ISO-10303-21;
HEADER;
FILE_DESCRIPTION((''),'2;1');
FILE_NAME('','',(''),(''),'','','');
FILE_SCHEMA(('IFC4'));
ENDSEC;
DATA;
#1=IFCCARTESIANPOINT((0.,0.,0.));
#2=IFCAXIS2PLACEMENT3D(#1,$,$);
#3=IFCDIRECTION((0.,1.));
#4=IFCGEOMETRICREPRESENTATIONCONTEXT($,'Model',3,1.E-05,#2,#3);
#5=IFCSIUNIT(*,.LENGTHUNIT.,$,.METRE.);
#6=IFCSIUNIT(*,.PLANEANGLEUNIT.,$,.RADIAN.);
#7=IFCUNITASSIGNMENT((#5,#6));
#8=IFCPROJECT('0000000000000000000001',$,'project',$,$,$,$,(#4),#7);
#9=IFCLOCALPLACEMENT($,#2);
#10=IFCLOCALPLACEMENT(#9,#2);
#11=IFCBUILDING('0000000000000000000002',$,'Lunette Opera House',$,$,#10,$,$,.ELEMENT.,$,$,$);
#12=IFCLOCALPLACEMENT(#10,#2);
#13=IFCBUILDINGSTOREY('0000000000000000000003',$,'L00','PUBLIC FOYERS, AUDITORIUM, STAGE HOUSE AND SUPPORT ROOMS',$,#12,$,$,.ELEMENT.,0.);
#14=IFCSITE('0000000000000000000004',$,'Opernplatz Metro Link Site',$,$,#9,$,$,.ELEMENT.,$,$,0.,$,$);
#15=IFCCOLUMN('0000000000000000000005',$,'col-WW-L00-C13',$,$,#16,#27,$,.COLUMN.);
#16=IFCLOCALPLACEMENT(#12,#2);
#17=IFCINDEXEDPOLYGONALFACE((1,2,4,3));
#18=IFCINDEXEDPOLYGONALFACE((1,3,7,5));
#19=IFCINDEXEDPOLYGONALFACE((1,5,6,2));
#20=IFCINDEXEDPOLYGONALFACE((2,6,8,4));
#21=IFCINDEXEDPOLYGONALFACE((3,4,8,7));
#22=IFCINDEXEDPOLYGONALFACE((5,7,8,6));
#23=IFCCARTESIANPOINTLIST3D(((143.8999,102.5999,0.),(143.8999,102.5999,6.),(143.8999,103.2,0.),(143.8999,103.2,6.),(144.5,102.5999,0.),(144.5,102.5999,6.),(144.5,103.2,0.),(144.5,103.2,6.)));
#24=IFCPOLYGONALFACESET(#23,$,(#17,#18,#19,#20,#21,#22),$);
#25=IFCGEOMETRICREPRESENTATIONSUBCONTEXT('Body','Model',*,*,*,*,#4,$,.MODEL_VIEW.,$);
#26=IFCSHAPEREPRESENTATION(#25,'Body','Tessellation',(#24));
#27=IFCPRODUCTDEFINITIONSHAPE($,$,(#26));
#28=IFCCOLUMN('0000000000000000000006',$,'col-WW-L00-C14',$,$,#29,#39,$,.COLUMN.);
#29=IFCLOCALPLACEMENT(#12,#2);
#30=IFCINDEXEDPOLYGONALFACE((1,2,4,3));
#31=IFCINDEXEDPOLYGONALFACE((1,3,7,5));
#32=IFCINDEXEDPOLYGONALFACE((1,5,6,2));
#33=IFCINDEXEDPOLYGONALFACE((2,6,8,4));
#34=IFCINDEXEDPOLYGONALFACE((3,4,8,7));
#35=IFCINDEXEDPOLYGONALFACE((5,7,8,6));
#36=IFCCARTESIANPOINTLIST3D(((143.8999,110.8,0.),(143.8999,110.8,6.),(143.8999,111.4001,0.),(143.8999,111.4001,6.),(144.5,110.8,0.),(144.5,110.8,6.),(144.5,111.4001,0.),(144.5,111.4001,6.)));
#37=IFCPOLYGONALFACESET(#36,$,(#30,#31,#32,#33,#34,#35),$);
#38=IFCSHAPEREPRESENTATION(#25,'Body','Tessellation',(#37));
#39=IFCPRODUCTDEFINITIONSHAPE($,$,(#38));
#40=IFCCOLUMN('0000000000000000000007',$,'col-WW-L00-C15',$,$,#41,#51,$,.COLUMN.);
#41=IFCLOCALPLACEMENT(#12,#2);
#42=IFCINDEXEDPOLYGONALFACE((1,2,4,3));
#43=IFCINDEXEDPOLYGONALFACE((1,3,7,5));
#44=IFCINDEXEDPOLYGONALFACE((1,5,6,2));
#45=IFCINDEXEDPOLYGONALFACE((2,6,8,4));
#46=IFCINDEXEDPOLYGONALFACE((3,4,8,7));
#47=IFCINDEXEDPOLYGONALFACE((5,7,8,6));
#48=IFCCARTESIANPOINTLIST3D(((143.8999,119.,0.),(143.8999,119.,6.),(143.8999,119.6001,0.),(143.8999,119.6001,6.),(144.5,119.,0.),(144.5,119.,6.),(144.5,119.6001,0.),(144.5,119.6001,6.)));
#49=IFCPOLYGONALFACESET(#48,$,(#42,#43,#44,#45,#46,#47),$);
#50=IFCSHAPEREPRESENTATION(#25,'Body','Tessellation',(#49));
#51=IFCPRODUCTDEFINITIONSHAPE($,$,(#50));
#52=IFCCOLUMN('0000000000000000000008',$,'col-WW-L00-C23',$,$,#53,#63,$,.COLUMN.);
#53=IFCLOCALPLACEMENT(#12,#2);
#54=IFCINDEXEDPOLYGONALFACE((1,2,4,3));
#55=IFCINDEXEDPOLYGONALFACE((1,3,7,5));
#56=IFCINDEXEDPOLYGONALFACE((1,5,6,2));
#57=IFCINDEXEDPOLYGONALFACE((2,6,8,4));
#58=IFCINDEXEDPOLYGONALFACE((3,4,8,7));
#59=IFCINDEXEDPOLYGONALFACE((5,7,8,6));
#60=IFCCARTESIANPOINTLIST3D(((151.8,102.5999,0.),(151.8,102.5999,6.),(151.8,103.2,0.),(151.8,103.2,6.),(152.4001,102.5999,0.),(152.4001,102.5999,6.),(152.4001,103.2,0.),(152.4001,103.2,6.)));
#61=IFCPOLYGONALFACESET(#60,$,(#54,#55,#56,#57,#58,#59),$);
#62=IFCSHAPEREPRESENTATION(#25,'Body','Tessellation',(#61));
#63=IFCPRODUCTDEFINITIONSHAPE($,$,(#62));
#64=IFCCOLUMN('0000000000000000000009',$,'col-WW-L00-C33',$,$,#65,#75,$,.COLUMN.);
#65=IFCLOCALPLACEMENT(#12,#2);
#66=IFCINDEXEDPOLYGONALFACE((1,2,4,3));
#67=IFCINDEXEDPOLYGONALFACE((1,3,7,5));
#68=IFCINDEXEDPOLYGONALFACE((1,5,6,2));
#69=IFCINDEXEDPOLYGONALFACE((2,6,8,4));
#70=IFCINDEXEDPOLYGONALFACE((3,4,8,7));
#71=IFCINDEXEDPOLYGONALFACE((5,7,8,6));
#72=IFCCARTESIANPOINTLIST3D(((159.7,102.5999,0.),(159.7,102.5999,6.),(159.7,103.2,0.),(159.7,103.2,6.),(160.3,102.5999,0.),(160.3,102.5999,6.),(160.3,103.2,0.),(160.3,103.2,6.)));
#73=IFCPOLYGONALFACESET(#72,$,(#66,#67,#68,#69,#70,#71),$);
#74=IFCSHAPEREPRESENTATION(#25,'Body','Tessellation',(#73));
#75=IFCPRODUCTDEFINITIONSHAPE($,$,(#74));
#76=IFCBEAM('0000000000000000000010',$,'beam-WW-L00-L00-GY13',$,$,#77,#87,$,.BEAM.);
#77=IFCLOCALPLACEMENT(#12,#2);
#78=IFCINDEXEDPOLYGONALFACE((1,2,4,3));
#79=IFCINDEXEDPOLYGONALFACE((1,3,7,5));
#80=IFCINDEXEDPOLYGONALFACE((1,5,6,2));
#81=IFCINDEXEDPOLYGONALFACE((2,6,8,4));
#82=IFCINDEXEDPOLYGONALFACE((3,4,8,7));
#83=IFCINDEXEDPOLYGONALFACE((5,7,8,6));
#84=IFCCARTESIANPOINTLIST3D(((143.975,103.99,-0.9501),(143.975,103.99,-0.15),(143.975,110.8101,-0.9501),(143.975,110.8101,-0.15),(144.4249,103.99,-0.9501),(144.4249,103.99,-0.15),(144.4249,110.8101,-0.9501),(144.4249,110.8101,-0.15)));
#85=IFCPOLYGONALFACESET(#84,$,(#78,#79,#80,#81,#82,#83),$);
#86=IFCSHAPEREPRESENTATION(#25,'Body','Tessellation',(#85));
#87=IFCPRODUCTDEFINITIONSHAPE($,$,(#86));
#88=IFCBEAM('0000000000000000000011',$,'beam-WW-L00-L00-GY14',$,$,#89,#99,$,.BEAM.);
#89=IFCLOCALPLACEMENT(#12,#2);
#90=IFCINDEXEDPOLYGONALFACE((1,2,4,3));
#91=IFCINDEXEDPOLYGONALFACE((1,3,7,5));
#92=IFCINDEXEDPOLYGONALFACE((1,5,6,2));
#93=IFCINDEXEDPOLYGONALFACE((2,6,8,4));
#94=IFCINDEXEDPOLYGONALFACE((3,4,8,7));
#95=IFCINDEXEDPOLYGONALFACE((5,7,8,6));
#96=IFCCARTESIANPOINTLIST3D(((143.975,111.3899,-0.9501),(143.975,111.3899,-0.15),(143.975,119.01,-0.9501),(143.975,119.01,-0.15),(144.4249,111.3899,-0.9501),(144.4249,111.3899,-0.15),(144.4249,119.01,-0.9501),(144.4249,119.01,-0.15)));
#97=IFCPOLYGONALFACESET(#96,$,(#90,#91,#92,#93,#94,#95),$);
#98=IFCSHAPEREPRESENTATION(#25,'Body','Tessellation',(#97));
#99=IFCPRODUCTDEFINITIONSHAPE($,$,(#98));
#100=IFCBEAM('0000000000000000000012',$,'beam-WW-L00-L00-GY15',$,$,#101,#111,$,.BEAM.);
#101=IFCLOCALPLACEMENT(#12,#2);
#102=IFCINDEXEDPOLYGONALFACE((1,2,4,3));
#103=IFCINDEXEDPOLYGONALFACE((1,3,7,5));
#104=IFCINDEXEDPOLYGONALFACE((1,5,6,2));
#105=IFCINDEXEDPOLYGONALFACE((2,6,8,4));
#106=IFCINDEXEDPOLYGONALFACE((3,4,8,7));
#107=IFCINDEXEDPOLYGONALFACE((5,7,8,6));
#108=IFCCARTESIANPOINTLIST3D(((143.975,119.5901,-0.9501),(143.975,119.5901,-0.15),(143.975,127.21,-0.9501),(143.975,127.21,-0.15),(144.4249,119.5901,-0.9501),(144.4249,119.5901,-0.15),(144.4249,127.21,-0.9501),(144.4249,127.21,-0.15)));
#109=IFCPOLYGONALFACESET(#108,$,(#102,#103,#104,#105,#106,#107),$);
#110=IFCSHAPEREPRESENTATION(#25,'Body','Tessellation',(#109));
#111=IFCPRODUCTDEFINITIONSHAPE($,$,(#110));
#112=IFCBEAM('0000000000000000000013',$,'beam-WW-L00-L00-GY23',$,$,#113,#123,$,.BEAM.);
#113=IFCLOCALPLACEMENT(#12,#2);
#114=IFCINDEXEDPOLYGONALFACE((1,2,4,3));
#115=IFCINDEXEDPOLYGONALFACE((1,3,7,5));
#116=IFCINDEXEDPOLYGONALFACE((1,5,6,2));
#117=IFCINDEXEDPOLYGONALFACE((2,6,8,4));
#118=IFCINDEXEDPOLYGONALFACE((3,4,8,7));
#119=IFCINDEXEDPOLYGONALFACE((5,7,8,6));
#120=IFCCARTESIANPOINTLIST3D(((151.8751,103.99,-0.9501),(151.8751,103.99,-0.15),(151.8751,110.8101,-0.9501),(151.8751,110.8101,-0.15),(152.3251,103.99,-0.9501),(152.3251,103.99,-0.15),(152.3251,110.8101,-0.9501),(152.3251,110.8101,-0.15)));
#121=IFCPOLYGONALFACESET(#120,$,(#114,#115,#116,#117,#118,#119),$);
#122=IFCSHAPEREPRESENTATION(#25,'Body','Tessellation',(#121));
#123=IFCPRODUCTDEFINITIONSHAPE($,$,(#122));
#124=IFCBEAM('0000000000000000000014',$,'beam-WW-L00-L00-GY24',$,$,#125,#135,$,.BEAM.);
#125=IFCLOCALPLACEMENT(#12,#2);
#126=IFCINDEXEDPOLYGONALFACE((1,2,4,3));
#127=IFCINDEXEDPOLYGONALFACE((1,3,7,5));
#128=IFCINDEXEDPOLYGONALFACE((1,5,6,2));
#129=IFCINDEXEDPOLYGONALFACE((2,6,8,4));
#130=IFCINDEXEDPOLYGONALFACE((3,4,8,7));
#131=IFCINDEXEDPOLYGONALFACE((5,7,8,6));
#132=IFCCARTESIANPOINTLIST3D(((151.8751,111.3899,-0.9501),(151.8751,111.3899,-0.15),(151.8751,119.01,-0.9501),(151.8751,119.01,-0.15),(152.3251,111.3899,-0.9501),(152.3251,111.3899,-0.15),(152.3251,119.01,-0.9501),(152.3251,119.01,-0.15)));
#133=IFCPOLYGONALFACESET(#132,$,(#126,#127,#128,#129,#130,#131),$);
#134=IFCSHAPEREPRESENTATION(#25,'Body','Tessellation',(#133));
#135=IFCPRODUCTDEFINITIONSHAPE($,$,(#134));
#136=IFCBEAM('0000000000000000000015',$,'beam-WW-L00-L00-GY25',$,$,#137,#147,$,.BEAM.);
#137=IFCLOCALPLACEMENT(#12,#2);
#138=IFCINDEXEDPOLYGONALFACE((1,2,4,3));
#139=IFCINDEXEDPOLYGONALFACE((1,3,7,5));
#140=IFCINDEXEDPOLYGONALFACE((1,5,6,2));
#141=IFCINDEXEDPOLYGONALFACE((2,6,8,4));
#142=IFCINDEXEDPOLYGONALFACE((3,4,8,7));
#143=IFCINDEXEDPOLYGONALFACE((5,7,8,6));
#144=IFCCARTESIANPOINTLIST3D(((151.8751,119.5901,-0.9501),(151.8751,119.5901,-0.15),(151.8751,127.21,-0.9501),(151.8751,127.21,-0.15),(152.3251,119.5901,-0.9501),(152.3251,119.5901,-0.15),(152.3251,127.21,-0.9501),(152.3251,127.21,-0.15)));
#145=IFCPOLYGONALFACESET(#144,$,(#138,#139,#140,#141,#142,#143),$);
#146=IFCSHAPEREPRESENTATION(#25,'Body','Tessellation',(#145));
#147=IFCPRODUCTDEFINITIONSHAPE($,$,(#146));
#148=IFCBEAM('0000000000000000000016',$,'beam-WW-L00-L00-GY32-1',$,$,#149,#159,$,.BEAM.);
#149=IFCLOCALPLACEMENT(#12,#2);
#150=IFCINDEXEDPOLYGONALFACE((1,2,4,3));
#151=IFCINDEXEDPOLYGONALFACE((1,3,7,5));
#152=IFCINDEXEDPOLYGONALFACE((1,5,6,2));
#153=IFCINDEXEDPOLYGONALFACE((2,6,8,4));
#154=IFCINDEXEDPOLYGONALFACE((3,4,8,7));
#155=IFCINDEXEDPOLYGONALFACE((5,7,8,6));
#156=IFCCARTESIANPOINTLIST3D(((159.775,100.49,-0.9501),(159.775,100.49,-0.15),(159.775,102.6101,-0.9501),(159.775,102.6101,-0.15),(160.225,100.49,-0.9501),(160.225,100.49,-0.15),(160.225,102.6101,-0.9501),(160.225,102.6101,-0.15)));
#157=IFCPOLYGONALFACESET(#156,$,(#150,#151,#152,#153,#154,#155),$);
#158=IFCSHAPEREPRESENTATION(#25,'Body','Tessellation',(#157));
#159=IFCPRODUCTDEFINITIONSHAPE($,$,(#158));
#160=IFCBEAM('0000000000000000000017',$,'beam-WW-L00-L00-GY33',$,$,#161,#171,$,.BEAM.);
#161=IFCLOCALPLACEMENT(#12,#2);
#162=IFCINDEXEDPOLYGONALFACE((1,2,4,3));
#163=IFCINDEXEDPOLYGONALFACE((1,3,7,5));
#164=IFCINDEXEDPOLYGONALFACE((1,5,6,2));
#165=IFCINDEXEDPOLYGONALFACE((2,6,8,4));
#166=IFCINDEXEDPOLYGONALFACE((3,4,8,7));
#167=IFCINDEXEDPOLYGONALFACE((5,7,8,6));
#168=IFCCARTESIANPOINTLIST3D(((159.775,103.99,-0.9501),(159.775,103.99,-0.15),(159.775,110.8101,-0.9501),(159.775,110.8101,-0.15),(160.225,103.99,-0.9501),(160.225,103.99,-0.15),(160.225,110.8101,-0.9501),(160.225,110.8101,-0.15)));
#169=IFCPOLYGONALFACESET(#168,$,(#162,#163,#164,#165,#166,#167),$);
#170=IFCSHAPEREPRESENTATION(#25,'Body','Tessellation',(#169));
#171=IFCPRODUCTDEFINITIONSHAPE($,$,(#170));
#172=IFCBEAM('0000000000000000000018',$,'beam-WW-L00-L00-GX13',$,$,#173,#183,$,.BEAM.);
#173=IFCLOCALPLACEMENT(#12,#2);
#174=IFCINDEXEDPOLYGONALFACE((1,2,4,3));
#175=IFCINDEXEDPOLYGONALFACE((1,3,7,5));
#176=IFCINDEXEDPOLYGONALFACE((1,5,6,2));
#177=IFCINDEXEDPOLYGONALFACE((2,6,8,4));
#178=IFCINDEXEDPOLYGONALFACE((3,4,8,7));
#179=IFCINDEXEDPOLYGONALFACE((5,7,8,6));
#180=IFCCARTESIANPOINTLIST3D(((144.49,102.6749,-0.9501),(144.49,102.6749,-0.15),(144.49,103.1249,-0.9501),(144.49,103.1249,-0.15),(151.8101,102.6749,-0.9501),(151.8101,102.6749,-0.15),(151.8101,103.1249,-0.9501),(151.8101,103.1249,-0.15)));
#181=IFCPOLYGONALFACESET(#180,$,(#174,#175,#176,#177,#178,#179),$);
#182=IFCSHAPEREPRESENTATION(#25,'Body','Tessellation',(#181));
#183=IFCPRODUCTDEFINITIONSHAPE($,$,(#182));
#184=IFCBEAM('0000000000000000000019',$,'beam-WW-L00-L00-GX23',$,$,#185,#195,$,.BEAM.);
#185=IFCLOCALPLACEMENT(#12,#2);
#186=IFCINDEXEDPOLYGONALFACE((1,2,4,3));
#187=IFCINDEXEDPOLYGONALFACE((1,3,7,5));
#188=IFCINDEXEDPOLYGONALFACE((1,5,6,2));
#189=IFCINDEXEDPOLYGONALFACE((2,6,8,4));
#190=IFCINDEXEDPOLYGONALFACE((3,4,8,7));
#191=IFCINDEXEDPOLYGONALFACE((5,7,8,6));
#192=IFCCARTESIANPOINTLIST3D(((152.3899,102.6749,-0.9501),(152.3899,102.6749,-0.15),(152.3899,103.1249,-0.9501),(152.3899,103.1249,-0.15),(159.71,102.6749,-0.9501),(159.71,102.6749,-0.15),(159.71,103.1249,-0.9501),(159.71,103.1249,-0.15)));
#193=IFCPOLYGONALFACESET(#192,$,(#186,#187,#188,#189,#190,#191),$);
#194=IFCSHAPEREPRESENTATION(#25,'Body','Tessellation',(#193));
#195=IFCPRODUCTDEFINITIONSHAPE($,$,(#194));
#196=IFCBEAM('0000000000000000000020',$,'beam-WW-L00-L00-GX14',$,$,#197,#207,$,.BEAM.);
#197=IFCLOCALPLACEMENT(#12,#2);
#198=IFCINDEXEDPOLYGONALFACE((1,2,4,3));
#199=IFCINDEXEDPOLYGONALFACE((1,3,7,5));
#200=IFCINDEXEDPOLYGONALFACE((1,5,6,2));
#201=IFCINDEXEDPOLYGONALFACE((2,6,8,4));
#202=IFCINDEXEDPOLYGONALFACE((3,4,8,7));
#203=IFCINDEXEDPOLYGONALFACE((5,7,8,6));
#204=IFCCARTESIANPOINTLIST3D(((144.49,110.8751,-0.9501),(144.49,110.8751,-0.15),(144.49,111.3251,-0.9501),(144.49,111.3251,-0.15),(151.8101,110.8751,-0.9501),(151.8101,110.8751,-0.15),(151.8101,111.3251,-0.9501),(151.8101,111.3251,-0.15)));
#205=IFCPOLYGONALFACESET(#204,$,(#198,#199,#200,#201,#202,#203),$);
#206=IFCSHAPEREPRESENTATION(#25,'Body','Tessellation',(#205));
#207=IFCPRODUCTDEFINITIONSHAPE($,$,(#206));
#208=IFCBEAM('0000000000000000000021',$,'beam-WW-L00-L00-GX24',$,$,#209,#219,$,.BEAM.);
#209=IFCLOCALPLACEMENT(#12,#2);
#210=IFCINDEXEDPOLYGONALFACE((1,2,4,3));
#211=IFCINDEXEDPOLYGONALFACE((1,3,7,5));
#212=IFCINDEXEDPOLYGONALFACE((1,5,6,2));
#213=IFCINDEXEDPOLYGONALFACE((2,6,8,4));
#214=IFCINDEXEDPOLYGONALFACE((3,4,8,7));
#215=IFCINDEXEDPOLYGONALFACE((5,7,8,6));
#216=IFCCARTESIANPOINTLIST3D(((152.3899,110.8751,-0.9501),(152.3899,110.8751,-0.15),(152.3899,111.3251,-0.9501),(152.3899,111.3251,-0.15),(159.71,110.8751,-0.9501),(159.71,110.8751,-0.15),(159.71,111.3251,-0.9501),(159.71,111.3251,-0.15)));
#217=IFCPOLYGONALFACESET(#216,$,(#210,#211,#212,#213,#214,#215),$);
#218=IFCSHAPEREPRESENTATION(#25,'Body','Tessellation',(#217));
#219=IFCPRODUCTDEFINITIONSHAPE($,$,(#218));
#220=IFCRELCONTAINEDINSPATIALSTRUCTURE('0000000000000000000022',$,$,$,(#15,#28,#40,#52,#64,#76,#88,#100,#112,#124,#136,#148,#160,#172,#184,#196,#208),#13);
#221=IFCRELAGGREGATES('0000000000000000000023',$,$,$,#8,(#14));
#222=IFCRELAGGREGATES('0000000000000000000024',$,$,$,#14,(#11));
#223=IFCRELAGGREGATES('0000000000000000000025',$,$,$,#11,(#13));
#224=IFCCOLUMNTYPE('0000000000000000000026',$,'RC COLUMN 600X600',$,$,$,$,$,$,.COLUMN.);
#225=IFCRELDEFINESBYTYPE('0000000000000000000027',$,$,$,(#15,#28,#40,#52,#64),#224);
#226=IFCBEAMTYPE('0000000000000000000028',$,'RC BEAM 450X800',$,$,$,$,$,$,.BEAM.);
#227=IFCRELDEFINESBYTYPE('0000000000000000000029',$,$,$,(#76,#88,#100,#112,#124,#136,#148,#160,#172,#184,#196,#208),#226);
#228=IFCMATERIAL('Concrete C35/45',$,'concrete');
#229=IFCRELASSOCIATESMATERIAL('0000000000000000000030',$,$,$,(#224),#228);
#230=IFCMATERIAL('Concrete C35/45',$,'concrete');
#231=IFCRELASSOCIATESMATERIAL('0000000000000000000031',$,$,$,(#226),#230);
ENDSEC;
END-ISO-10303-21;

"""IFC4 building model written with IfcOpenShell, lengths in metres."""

from ifc_helpers import new_model, si_unit, direction, frame, origin, origin_2d, place, context, subcontext, project, spatial, rectangle, extrude, material, material_profile, profile_set, type_object, element, save


model = new_model("IFC4")

# Units and contexts
model_context = context("Model", 3, precision=1e-05, world=origin(), true_north=direction((0.0, 1.0)))
body_context = subcontext(model_context, "Body", "Model", "MODEL_VIEW")
ifc_project = project(units=[si_unit("LENGTHUNIT", "METRE"), si_unit("PLANEANGLEUNIT", "RADIAN")], contexts=[model_context])

# Site, building, storey
site_placement = place(None, origin())
site = spatial("IfcSite", under=ifc_project, at=site_placement, Name="Opernplatz Metro Link Site", CompositionType="ELEMENT", RefElevation=0.0)
building_placement = place(site_placement, origin())
building = spatial("IfcBuilding", under=site, at=building_placement, Name="Lunette Opera House", CompositionType="ELEMENT")
storey_placement = place(building_placement, origin())
storey = spatial("IfcBuildingStorey", under=building, at=storey_placement, Name="L00", Description="PUBLIC FOYERS, AUDITORIUM, STAGE HOUSE AND SUPPORT ROOMS", CompositionType="ELEMENT", Elevation=0.0)

# Columns
ifc_material_1 = material(Name="Concrete C35/45", Category="concrete")
ifc_material_profile_1 = material_profile(ifc_material_1, rectangle(XDim=0.6001, YDim=0.6001, at=origin_2d()), Name="RC COLUMN 600X600")
ifc_profile_set_1 = profile_set([ifc_material_profile_1], Name="Concrete C35/45")
column_type = type_object("IfcColumnType", Name="RC COLUMN 600X600", PredefinedType="COLUMN", material=ifc_profile_set_1)
for number, where, z_axis, x_axis, name in (
    (1, (144.2, 102.8999, 0.0), (0.0, 0.0, 1.0), (1.0, 0.0, 0.0), "col-WW-L00-C13"),
    (2, (144.2, 111.1001, 0.0), (0.0, 0.0, 1.0), (1.0, 0.0, 0.0), "col-WW-L00-C14"),
    (3, (144.2, 119.3, 0.0), (0.0, 0.0, 1.0), (1.0, 0.0, 0.0), "col-WW-L00-C15"),
    (4, (152.1001, 102.8999, 0.0), (0.0, 0.0, 1.0), (1.0, 0.0, 0.0), "col-WW-L00-C23"),
    (5, (160.0, 102.8999, 0.0), (0.0, 0.0, 1.0), (1.0, 0.0, 0.0), "col-WW-L00-C33"),
):
    element("IfcColumn", number, at=place(storey_placement, frame(where, z_axis=z_axis, x_axis=x_axis)), inside=storey, type_object=column_type, Name=name, PredefinedType="COLUMN", context=body_context, shape_type="SweptSolid", body=[
        extrude(rectangle(XDim=0.6001, YDim=0.6001, at=origin_2d()), origin(), (0.0, 0.0, 1.0), 6.0),
    ])

# Beams
ifc_material_2 = material(Name="Concrete C35/45", Category="concrete")
ifc_material_profile_2 = material_profile(ifc_material_2, rectangle(XDim=0.45, YDim=0.8, at=origin_2d()), Name="RC BEAM 450X800")
ifc_profile_set_2 = profile_set([ifc_material_profile_2], Name="Concrete C35/45")
beam_type_1 = type_object("IfcBeamType", Name="RC BEAM 450X800", PredefinedType="BEAM", material=ifc_profile_set_2)
beam_1_placement = place(storey_placement, frame((144.2, 103.99, -0.55), z_axis=(0.0, 1.0, 0.0), x_axis=(-1.0, 0.0, 0.0)))
element("IfcBeam", 6, at=beam_1_placement, inside=storey, type_object=beam_type_1, Name="beam-WW-L00-L00-GY13", PredefinedType="BEAM", context=body_context, shape_type="SweptSolid", body=[
    extrude(rectangle(XDim=0.45, YDim=0.8, at=origin_2d()), origin(), (0.0, 0.0, 1.0), 6.8201),
])
beam_2_placement = place(storey_placement, frame((144.2, 111.3899, -0.55), z_axis=(0.0, 1.0, 0.0), x_axis=(-1.0, 0.0, 0.0)))
element("IfcBeam", 7, at=beam_2_placement, inside=storey, type_object=beam_type_1, Name="beam-WW-L00-L00-GY14", PredefinedType="BEAM", context=body_context, shape_type="SweptSolid", body=[
    extrude(rectangle(XDim=0.45, YDim=0.8, at=origin_2d()), origin(), (0.0, 0.0, 1.0), 7.6201),
])
beam_3_placement = place(storey_placement, frame((144.2, 119.5901, -0.55), z_axis=(0.0, 1.0, 0.0), x_axis=(-1.0, 0.0, 0.0)))
element("IfcBeam", 8, at=beam_3_placement, inside=storey, type_object=beam_type_1, Name="beam-WW-L00-L00-GY15", PredefinedType="BEAM", context=body_context, shape_type="SweptSolid", body=[
    extrude(rectangle(XDim=0.45, YDim=0.8, at=origin_2d()), origin(), (0.0, 0.0, 1.0), 7.6199),
])
beam_4_placement = place(storey_placement, frame((152.1001, 103.99, -0.55), z_axis=(0.0, 1.0, 0.0), x_axis=(-1.0, 0.0, 0.0)))
element("IfcBeam", 9, at=beam_4_placement, inside=storey, type_object=beam_type_1, Name="beam-WW-L00-L00-GY23", PredefinedType="BEAM", context=body_context, shape_type="SweptSolid", body=[
    extrude(rectangle(XDim=0.45, YDim=0.8, at=origin_2d()), origin(), (0.0, 0.0, 1.0), 6.8201),
])
beam_5_placement = place(storey_placement, frame((152.1001, 111.3899, -0.55), z_axis=(0.0, 1.0, 0.0), x_axis=(-1.0, 0.0, 0.0)))
element("IfcBeam", 10, at=beam_5_placement, inside=storey, type_object=beam_type_1, Name="beam-WW-L00-L00-GY24", PredefinedType="BEAM", context=body_context, shape_type="SweptSolid", body=[
    extrude(rectangle(XDim=0.45, YDim=0.8, at=origin_2d()), origin(), (0.0, 0.0, 1.0), 7.6201),
])
beam_6_placement = place(storey_placement, frame((152.1001, 119.5901, -0.55), z_axis=(0.0, 1.0, 0.0), x_axis=(-1.0, 0.0, 0.0)))
element("IfcBeam", 11, at=beam_6_placement, inside=storey, type_object=beam_type_1, Name="beam-WW-L00-L00-GY25", PredefinedType="BEAM", context=body_context, shape_type="SweptSolid", body=[
    extrude(rectangle(XDim=0.45, YDim=0.8, at=origin_2d()), origin(), (0.0, 0.0, 1.0), 7.6199),
])
beam_7_placement = place(storey_placement, frame((160.0, 100.49, -0.55), z_axis=(0.0, 1.0, 0.0), x_axis=(-1.0, 0.0, 0.0)))
element("IfcBeam", 12, at=beam_7_placement, inside=storey, type_object=beam_type_1, Name="beam-WW-L00-L00-GY32-1", PredefinedType="BEAM", context=body_context, shape_type="SweptSolid", body=[
    extrude(rectangle(XDim=0.45, YDim=0.8, at=origin_2d()), origin(), (0.0, 0.0, 1.0), 2.1201),
])
beam_8_placement = place(storey_placement, frame((160.0, 103.99, -0.55), z_axis=(0.0, 1.0, 0.0), x_axis=(-1.0, 0.0, 0.0)))
element("IfcBeam", 13, at=beam_8_placement, inside=storey, type_object=beam_type_1, Name="beam-WW-L00-L00-GY33", PredefinedType="BEAM", context=body_context, shape_type="SweptSolid", body=[
    extrude(rectangle(XDim=0.45, YDim=0.8, at=origin_2d()), origin(), (0.0, 0.0, 1.0), 6.8201),
])
for number, where, z_axis, x_axis, name in (
    (14, (144.49, 102.8999, -0.55), (1.0, 0.0, 0.0), (0.0, 1.0, 0.0), "beam-WW-L00-L00-GX13"),
    (15, (152.3899, 102.8999, -0.55), (1.0, 0.0, 0.0), (0.0, 1.0, 0.0), "beam-WW-L00-L00-GX23"),
    (16, (144.49, 111.1001, -0.55), (1.0, 0.0, 0.0), (0.0, 1.0, 0.0), "beam-WW-L00-L00-GX14"),
    (17, (152.3899, 111.1001, -0.55), (1.0, 0.0, 0.0), (0.0, 1.0, 0.0), "beam-WW-L00-L00-GX24"),
):
    element("IfcBeam", number, at=place(storey_placement, frame(where, z_axis=z_axis, x_axis=x_axis)), inside=storey, type_object=beam_type_1, Name=name, PredefinedType="BEAM", context=body_context, shape_type="SweptSolid", body=[
        extrude(rectangle(XDim=0.45, YDim=0.8, at=origin_2d()), origin(), (0.0, 0.0, 1.0), 7.3201),
    ])

save(model, "model.ifc")
